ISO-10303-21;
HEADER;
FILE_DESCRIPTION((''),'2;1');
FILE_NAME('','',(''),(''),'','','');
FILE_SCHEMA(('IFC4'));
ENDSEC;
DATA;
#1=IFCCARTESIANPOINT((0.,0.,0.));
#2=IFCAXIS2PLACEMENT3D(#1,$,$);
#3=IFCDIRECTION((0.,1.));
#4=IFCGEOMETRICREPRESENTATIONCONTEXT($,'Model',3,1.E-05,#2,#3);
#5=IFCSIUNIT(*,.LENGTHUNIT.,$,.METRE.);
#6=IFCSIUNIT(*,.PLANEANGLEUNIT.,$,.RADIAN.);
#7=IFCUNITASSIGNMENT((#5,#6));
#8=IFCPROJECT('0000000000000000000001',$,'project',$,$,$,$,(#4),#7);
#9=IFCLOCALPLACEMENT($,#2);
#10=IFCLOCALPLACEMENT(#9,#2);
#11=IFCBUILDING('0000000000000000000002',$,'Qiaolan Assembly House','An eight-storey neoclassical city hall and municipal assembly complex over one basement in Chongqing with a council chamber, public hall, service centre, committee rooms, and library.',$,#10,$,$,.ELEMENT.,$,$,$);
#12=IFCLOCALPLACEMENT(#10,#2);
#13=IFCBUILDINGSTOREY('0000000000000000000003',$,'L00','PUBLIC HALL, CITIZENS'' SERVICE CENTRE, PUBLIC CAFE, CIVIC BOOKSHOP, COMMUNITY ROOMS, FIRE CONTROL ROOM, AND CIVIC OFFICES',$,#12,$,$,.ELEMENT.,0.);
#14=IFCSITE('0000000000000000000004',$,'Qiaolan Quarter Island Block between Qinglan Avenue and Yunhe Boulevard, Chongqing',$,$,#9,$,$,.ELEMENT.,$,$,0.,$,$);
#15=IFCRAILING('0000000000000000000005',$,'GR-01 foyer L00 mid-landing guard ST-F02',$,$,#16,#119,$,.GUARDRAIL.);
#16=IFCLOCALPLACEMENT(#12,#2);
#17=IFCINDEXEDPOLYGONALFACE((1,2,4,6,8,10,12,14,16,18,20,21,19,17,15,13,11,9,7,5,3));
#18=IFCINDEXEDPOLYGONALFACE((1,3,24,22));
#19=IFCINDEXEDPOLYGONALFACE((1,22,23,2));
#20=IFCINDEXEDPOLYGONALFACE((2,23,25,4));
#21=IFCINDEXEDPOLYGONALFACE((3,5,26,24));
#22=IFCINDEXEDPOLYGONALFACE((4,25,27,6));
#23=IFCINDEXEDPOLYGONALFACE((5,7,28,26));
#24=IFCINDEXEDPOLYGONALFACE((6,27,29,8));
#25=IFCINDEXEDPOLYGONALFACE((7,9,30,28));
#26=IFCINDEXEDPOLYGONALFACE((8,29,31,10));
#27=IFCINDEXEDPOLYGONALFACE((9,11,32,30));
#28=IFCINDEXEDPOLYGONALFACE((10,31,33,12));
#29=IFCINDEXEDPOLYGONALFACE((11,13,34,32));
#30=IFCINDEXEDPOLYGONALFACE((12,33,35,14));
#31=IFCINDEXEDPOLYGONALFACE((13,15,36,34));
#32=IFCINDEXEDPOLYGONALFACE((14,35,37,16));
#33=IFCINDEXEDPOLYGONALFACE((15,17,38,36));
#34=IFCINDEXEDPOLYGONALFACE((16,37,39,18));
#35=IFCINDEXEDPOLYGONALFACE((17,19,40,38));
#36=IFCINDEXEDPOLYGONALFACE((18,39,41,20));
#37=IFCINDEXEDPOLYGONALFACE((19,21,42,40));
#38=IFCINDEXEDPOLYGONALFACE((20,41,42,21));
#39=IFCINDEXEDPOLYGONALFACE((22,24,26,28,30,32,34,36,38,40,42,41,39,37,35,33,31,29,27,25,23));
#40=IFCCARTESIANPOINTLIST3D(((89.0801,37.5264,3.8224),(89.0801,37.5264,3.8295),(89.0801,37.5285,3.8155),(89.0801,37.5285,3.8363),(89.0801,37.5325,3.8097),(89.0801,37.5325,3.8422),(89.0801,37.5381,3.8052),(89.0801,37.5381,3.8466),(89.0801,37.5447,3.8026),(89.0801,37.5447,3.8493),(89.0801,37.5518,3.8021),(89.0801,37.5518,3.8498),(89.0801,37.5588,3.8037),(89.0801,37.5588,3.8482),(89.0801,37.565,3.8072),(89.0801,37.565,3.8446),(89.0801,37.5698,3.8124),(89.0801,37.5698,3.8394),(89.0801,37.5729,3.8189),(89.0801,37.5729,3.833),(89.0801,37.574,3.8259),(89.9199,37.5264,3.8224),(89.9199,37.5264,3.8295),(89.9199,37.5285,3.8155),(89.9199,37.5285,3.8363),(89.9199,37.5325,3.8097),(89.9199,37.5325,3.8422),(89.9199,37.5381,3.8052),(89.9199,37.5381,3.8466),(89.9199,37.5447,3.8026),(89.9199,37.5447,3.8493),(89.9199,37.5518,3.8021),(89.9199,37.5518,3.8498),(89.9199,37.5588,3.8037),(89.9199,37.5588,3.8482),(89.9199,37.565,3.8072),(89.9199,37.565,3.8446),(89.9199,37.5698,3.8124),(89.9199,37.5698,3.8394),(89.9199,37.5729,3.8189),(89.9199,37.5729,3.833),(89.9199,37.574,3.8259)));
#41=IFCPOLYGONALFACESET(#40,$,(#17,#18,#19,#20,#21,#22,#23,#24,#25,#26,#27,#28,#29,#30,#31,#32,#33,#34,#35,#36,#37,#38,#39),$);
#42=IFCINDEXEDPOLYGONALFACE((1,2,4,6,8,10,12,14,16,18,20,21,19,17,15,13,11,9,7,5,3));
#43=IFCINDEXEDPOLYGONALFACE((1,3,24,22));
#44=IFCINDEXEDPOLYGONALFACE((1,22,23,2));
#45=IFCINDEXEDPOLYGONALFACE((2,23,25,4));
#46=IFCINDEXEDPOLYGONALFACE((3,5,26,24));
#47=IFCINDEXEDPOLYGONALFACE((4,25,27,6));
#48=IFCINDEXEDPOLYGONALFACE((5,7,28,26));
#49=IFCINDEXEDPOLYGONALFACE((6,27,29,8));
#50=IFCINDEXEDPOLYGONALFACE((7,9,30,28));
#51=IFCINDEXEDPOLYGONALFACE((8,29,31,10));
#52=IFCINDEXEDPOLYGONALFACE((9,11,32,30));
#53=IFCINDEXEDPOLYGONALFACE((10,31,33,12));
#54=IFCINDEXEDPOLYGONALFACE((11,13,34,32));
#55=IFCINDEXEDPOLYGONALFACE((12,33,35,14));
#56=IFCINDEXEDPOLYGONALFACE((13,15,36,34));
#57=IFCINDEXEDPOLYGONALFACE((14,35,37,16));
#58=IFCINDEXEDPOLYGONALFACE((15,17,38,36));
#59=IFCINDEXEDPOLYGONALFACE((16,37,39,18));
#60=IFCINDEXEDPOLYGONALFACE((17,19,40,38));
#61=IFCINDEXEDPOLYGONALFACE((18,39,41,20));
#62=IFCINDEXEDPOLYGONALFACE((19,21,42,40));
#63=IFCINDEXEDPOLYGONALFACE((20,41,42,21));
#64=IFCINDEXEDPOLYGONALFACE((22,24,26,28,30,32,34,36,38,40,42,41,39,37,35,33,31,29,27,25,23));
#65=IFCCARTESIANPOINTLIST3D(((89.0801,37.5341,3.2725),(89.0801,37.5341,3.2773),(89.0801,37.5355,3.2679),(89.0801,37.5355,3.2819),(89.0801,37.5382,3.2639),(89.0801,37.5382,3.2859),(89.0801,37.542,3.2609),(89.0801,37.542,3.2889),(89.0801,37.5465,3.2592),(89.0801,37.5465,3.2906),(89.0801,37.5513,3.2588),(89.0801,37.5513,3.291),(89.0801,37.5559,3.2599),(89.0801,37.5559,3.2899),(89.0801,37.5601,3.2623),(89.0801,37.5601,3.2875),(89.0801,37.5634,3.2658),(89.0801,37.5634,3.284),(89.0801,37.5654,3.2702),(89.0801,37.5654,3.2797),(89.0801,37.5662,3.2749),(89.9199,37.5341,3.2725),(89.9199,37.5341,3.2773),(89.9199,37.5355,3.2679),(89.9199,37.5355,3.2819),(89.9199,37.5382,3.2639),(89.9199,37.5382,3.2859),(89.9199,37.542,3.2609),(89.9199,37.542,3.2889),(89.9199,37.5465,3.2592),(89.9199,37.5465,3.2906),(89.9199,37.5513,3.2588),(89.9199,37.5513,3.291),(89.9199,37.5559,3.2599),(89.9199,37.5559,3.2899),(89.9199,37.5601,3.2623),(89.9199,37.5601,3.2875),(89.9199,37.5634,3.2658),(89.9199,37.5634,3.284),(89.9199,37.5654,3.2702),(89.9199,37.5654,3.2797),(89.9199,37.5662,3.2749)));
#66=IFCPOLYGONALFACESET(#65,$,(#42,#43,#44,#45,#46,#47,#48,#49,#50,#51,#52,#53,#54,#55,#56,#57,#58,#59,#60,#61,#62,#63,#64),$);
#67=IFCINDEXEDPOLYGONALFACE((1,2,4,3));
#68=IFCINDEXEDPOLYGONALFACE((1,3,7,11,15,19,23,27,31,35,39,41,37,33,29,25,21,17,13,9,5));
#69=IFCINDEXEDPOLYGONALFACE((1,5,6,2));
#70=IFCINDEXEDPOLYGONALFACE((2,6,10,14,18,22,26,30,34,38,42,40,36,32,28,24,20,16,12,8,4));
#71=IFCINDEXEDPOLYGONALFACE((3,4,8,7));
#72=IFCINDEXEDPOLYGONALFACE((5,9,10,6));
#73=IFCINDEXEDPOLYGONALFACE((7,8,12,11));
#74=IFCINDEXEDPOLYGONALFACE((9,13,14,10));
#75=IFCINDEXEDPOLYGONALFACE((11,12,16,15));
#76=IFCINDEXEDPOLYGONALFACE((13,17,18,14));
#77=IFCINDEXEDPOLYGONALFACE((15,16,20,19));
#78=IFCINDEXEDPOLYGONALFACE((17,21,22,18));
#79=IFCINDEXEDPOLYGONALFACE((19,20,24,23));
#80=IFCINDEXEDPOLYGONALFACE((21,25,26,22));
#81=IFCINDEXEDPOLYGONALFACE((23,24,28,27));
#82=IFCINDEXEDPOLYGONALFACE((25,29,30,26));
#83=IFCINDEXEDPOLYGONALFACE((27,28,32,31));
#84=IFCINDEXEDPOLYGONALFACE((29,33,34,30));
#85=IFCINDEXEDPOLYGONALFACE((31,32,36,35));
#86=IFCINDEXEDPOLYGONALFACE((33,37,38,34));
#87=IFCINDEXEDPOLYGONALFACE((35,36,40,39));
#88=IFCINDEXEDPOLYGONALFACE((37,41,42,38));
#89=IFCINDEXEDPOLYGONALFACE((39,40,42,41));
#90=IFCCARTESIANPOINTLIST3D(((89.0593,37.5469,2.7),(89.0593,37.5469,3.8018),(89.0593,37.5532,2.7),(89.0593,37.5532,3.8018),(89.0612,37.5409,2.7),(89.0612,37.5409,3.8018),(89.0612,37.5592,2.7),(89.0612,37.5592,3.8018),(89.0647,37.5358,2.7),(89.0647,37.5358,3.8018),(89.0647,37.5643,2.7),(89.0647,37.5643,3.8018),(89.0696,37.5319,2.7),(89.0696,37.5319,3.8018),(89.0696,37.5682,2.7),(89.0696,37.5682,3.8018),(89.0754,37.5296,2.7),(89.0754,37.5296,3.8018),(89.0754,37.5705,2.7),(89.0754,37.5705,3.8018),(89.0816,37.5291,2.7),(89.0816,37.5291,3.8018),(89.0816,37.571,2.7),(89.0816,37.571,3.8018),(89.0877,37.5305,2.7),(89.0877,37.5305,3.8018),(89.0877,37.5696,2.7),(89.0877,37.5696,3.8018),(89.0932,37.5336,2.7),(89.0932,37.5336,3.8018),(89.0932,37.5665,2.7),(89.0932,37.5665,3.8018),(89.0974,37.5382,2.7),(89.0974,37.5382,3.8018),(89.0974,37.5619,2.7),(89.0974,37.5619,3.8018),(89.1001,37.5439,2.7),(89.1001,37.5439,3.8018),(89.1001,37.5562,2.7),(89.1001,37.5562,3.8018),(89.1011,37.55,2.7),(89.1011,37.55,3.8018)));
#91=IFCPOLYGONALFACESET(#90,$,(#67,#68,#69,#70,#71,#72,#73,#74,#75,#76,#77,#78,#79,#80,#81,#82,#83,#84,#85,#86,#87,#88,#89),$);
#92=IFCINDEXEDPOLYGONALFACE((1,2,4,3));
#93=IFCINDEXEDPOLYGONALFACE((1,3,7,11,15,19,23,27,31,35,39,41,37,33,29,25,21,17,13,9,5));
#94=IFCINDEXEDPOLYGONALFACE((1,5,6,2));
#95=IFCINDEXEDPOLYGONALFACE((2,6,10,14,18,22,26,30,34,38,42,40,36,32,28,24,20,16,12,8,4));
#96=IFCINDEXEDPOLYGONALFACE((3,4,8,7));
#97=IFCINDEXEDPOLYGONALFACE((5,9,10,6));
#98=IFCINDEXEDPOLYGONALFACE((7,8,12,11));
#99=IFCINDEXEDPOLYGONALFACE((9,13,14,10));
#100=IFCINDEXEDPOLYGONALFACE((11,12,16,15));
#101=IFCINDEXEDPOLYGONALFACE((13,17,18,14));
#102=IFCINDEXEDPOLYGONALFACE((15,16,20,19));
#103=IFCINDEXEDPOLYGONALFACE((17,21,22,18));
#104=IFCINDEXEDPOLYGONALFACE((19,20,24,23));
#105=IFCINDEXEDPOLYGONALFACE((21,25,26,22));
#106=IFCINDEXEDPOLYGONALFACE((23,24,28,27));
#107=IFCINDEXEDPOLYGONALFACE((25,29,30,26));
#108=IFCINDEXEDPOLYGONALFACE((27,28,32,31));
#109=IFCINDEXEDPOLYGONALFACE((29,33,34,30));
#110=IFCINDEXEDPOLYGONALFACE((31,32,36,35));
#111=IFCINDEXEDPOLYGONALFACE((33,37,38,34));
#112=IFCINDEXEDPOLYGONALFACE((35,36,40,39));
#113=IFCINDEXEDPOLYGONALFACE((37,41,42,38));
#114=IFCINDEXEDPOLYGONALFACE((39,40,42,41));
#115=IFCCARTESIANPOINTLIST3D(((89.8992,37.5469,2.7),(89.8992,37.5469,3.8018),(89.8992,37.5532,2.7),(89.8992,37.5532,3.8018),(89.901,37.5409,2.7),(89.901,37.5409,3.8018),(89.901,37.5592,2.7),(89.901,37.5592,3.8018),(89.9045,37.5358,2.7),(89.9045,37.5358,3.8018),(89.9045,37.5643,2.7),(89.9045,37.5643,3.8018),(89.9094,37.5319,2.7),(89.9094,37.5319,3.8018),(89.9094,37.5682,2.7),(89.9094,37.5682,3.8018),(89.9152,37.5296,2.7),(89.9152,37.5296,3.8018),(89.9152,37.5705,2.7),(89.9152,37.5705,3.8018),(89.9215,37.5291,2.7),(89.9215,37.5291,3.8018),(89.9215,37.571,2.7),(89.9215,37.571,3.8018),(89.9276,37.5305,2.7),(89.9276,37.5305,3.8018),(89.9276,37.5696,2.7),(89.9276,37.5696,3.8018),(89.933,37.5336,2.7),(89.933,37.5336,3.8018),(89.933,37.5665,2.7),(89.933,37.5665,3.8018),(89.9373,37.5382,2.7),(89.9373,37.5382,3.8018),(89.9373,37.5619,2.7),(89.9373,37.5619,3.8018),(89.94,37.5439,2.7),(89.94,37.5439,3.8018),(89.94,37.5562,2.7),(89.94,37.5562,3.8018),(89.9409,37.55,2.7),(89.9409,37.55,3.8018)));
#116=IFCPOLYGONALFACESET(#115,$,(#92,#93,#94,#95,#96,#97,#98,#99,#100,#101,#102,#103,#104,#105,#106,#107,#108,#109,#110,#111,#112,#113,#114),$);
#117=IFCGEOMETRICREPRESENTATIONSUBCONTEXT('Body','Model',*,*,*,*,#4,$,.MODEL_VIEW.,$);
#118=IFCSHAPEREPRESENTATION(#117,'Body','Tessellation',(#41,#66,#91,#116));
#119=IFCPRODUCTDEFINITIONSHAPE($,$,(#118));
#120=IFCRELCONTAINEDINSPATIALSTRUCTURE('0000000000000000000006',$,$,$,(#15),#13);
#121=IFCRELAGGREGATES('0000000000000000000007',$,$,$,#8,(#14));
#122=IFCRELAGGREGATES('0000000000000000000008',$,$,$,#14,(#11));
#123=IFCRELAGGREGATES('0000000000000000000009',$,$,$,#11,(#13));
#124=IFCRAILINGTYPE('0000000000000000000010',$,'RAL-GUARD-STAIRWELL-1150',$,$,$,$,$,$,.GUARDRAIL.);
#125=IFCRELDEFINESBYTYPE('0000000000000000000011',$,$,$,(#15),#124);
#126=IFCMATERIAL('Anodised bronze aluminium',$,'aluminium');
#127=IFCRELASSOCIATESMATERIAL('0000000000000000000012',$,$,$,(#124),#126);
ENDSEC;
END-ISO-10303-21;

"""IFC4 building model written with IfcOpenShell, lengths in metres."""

from ifc_helpers import new_model, si_unit, direction, frame, origin, origin_2d, place, context, subcontext, project, spatial, circle, extrude, material, type_object, element, save


model = new_model("IFC4")

# Units and contexts
model_context = context("Model", 3, precision=1e-05, world=origin(), true_north=direction((0.0, 1.0)))
body_context = subcontext(model_context, "Body", "Model", "MODEL_VIEW")
ifc_project = project(units=[si_unit("LENGTHUNIT", "METRE"), si_unit("PLANEANGLEUNIT", "RADIAN")], contexts=[model_context])

# Site, building, storey
site_placement = place(None, origin())
site = spatial("IfcSite", under=ifc_project, at=site_placement, Name="Qiaolan Quarter Island Block between Qinglan Avenue and Yunhe Boulevard, Chongqing", CompositionType="ELEMENT", RefElevation=0.0)
building_placement = place(site_placement, origin())
building = spatial("IfcBuilding", under=site, at=building_placement, Name="Qiaolan Assembly House", Description="An eight-storey neoclassical city hall and municipal assembly complex over one basement in Chongqing with a council chamber, public hall, service centre, committee rooms, and library.", CompositionType="ELEMENT")
storey_placement = place(building_placement, origin())
storey = spatial("IfcBuildingStorey", under=building, at=storey_placement, Name="L00", Description="PUBLIC HALL, CITIZENS' SERVICE CENTRE, PUBLIC CAFE, CIVIC BOOKSHOP, COMMUNITY ROOMS, FIRE CONTROL ROOM, AND CIVIC OFFICES", CompositionType="ELEMENT", Elevation=0.0)

# Railing
ifc_material_1 = material(Name="Anodised bronze aluminium", Category="aluminium")
railing_type = type_object("IfcRailingType", Name="RAL-GUARD-STAIRWELL-1150", PredefinedType="GUARDRAIL", material=ifc_material_1)
railing_1_placement = place(storey_placement, frame((89.0801, 37.55, 2.7)))
element("IfcRailing", 1, at=railing_1_placement, inside=storey, type_object=railing_type, Name="GR-01 foyer L00 mid-landing guard ST-F02", PredefinedType="GUARDRAIL", context=body_context, shape_type="SweptSolid", body=[
    extrude(circle(Radius=0.0239, at=origin_2d()), frame((0.0, 0.0, 1.126), z_axis=(1.0, 0.0, 0.0), x_axis=(0.0, 1.0, 0.0)), (0.0, 0.0, 1.0), 0.8398),
    extrude(circle(Radius=0.0161, at=origin_2d()), frame((0.0, 0.0, 0.575), z_axis=(1.0, 0.0, 0.0), x_axis=(0.0, 1.0, 0.0)), (0.0, 0.0, 1.0), 0.8398),
    extrude(circle(Radius=0.021, at=origin_2d()), origin(), (0.0, 0.0, 1.0), 1.1018),
    extrude(circle(Radius=0.021, at=origin_2d()), frame((0.8398, 0.0, 0.0)), (0.0, 0.0, 1.0), 1.1018),
])

save(model, "model.ifc")
